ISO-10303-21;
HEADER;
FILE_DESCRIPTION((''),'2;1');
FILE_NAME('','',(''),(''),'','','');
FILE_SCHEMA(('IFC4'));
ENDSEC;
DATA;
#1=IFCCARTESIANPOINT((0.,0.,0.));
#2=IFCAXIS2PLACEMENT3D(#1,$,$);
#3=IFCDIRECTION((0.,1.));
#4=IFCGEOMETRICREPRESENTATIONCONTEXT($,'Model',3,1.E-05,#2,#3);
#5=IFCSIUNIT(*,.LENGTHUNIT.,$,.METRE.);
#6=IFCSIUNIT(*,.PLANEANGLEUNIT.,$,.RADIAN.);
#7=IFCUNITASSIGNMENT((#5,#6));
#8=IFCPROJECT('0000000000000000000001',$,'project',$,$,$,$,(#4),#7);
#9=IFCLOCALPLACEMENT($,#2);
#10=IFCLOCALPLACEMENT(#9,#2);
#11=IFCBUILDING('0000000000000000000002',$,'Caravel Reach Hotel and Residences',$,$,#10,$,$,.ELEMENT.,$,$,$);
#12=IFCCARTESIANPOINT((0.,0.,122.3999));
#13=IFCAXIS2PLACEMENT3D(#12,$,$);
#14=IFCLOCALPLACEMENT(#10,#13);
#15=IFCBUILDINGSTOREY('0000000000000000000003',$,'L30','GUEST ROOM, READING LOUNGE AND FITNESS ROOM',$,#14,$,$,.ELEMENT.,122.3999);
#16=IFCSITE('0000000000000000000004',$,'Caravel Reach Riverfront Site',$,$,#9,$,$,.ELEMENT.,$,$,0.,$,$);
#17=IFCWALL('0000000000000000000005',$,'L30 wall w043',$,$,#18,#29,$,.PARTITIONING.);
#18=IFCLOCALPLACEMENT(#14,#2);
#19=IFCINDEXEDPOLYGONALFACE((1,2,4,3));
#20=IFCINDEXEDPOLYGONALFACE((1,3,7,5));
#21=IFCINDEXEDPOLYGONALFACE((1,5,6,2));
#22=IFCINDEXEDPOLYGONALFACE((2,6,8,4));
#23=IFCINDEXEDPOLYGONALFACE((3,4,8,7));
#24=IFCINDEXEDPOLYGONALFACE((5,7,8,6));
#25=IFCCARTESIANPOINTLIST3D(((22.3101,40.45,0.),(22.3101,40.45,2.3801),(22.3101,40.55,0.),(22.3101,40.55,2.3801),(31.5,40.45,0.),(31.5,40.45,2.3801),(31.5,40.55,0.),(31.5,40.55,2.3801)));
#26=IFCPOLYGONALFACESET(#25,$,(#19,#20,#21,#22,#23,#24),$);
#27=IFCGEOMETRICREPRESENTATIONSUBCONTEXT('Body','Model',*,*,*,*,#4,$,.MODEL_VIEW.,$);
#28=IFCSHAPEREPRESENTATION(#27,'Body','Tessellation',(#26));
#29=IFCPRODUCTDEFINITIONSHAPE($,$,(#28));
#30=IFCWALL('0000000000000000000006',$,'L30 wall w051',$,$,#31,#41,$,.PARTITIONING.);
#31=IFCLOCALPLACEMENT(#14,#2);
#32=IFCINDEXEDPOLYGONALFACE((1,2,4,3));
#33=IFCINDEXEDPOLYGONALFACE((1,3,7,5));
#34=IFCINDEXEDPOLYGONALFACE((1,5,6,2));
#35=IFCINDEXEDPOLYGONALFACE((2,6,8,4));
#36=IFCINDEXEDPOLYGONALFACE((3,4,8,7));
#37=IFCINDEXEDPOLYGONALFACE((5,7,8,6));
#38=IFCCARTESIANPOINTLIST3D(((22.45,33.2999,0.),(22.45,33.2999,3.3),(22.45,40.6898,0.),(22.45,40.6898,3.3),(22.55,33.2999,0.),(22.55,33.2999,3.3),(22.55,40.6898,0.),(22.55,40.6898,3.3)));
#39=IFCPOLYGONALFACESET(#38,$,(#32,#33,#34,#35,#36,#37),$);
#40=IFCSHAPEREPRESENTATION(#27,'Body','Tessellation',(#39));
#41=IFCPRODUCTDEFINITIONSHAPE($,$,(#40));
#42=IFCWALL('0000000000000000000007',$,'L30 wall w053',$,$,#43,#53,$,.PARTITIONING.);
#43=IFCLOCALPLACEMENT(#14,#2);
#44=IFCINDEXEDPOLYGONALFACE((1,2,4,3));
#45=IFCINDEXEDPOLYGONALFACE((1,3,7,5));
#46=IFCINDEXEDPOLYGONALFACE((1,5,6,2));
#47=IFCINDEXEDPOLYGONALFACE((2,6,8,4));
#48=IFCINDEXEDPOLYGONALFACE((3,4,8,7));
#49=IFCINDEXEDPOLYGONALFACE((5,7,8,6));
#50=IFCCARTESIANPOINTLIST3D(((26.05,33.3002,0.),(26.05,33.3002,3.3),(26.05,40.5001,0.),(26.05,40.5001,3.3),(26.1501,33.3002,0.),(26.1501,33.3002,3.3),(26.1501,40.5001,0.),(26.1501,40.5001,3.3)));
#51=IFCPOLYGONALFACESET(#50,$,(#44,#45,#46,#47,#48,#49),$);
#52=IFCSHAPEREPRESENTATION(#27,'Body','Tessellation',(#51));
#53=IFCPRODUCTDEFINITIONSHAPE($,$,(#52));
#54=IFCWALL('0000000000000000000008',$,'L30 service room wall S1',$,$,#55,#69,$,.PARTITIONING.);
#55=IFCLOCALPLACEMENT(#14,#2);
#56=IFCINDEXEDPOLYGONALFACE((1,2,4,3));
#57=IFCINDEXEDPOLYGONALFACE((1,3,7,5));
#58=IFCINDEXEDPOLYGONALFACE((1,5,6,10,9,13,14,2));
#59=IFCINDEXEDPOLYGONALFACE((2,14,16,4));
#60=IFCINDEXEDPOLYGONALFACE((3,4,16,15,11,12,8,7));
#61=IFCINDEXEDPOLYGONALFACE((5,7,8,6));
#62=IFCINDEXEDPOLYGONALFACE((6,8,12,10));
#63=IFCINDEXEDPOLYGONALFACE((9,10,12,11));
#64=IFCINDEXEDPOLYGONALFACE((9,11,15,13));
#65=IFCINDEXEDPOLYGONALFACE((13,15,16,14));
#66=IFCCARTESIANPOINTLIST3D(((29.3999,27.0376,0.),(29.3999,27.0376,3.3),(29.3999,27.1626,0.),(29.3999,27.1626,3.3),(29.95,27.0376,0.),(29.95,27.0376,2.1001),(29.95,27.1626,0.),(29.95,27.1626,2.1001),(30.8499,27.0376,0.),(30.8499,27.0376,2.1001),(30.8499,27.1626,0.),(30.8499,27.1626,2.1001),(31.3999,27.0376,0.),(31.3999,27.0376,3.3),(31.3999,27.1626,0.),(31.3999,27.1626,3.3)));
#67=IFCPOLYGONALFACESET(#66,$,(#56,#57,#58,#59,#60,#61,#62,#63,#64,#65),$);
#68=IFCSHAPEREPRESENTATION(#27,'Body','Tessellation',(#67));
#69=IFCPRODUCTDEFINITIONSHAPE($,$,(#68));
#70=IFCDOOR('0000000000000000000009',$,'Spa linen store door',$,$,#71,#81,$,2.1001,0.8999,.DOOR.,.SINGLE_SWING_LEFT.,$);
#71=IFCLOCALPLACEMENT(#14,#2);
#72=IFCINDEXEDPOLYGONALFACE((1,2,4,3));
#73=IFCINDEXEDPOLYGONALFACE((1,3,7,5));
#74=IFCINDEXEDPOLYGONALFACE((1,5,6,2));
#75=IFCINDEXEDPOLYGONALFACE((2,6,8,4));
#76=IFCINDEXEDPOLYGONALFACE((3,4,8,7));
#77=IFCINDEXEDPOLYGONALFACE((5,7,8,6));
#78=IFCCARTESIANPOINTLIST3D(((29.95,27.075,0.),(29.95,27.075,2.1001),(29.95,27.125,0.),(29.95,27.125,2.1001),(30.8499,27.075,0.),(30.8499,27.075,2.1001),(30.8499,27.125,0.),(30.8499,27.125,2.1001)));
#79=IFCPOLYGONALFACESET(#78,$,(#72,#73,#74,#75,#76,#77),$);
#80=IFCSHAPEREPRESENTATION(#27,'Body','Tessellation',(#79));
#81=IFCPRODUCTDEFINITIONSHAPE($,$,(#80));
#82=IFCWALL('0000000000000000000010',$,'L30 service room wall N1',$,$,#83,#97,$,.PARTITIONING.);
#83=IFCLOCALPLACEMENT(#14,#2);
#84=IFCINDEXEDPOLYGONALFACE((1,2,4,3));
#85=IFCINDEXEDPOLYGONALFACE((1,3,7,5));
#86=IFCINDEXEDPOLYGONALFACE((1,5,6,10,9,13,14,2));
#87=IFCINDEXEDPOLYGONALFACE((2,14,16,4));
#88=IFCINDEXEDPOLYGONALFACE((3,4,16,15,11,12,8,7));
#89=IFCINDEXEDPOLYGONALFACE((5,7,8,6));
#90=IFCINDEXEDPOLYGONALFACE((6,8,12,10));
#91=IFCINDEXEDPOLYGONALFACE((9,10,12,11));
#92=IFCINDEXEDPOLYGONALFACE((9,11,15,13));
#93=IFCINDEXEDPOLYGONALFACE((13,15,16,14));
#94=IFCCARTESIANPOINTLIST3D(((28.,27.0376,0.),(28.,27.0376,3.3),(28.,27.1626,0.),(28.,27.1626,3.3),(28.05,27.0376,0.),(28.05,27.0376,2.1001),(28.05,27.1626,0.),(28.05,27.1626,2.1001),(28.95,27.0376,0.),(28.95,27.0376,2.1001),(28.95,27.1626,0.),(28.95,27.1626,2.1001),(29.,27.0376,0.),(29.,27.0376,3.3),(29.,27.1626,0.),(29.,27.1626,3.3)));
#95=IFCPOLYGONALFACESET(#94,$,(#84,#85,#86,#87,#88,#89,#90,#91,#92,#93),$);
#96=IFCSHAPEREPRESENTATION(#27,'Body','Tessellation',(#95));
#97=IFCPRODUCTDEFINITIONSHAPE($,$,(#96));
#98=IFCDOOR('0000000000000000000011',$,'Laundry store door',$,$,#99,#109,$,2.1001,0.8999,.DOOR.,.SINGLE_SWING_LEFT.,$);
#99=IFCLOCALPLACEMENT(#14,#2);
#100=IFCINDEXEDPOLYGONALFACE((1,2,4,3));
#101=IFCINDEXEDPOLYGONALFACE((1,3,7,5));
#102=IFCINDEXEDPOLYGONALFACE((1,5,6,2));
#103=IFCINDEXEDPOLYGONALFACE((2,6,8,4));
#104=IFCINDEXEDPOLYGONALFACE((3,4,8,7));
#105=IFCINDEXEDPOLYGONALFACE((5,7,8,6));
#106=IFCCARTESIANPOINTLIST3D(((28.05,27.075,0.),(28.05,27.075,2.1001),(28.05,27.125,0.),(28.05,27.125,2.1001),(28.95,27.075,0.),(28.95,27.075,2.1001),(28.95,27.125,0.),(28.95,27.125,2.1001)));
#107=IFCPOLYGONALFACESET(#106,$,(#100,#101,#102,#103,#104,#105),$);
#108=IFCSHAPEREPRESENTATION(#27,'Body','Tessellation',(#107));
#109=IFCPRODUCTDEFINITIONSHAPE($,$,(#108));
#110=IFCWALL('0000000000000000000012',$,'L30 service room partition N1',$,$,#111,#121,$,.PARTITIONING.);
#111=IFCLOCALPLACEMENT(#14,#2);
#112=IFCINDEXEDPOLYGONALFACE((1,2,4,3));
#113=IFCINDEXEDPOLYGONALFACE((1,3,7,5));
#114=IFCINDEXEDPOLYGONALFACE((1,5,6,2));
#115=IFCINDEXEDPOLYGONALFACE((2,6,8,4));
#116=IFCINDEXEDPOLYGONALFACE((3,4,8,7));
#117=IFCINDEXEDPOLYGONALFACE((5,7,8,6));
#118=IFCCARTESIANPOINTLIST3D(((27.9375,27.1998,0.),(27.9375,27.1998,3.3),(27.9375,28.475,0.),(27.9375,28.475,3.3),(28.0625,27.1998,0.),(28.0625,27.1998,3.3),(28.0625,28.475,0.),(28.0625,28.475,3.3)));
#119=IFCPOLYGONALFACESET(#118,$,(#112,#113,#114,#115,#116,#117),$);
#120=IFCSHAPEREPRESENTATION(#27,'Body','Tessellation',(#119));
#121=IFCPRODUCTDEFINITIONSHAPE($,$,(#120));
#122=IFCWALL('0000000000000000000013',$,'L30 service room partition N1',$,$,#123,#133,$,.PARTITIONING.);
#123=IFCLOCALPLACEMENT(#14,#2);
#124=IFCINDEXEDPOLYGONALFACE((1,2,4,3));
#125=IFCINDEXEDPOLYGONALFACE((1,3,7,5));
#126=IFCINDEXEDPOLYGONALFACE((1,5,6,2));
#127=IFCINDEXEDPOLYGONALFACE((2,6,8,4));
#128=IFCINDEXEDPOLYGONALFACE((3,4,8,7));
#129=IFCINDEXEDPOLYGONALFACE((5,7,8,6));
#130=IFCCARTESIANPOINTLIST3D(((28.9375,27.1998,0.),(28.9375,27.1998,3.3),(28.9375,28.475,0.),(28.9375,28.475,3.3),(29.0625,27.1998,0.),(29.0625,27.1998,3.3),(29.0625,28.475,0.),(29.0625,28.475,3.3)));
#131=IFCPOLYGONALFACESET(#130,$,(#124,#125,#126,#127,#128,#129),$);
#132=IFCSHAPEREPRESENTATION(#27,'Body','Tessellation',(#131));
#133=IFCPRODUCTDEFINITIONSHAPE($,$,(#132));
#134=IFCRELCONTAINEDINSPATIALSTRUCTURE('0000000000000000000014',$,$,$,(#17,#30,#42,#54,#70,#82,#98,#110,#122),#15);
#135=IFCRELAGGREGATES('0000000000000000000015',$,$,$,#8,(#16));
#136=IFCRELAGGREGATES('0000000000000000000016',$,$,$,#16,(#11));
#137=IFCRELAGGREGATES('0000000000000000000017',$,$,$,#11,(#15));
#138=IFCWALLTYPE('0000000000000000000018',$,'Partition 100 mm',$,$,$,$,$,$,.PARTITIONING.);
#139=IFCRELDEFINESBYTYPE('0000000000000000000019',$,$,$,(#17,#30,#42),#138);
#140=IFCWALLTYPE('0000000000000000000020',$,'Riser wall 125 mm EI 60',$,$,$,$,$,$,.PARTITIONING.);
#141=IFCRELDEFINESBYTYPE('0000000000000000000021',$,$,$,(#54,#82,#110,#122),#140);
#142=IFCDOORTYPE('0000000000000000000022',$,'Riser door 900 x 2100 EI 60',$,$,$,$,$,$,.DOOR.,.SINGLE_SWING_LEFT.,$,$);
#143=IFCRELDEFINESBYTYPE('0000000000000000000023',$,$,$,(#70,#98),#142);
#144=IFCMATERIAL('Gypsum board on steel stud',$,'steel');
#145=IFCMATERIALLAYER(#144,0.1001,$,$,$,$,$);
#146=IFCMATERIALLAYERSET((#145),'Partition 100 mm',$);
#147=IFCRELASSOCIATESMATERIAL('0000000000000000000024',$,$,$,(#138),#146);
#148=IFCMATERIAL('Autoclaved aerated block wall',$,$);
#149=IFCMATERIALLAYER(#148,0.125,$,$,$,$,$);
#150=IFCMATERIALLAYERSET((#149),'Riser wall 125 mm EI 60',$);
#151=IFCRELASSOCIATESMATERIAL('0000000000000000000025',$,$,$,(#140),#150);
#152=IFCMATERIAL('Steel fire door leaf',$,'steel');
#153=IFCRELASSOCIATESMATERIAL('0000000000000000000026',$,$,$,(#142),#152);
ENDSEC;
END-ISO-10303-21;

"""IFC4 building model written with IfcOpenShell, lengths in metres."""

from ifc_helpers import new_model, si_unit, direction, frame, frame_2d, origin, place, context, subcontext, project, spatial, rectangle, extrude, material, layer, layer_set, type_object, element, fill, save


model = new_model("IFC4")

# Units and contexts
model_context = context("Model", 3, precision=1e-05, world=origin(), true_north=direction((0.0, 1.0)))
body_context = subcontext(model_context, "Body", "Model", "MODEL_VIEW")
ifc_project = project(units=[si_unit("LENGTHUNIT", "METRE"), si_unit("PLANEANGLEUNIT", "RADIAN")], contexts=[model_context])

# Site, building, storey
site_placement = place(None, origin())
site = spatial("IfcSite", under=ifc_project, at=site_placement, Name="Caravel Reach Riverfront Site", CompositionType="ELEMENT", RefElevation=0.0)
building_placement = place(site_placement, origin())
building = spatial("IfcBuilding", under=site, at=building_placement, Name="Caravel Reach Hotel and Residences", CompositionType="ELEMENT")
storey_placement = place(building_placement, frame((0.0, 0.0, 122.3999)))
storey = spatial("IfcBuildingStorey", under=building, at=storey_placement, Name="L30", Description="GUEST ROOM, READING LOUNGE AND FITNESS ROOM", CompositionType="ELEMENT", Elevation=122.3999)

# Walls
ifc_material_1 = material(Name="Gypsum board on steel stud", Category="steel")
ifc_layer_1 = layer(ifc_material_1, 0.1001)
ifc_layer_set_1 = layer_set([ifc_layer_1], Name="Partition 100 mm")
wall_type_1 = type_object("IfcWallType", Name="Partition 100 mm", PredefinedType="PARTITIONING", material=ifc_layer_set_1)
wall_1_placement = place(storey_placement, frame((22.3101, 40.5, 0.0), z_axis=(0.0, 0.0, 1.0), x_axis=(1.0, 0.0, 0.0)))
element("IfcWall", 1, at=wall_1_placement, inside=storey, type_object=wall_type_1, Name="L30 wall w043", PredefinedType="PARTITIONING", context=body_context, shape_type="SweptSolid", body=[
    extrude(rectangle(XDim=9.1899, YDim=0.1001, at=frame_2d((4.595, 0.0))), origin(), (0.0, 0.0, 1.0), 2.3801),
])
wall_2_placement = place(storey_placement, frame((22.5, 33.3, 0.0), z_axis=(0.0, 0.0, 1.0), x_axis=(0.0, 1.0, 0.0)))
element("IfcWall", 2, at=wall_2_placement, inside=storey, type_object=wall_type_1, Name="L30 wall w051", PredefinedType="PARTITIONING", context=body_context, shape_type="SweptSolid", body=[
    extrude(rectangle(XDim=7.3899, YDim=0.1001, at=frame_2d((3.6948, 0.0))), origin(), (0.0, 0.0, 1.0), 3.3),
])
wall_3_placement = place(storey_placement, frame((26.1001, 33.3, 0.0), z_axis=(0.0, 0.0, 1.0), x_axis=(0.0, 1.0, 0.0)))
element("IfcWall", 3, at=wall_3_placement, inside=storey, type_object=wall_type_1, Name="L30 wall w053", PredefinedType="PARTITIONING", context=body_context, shape_type="SweptSolid", body=[
    extrude(rectangle(XDim=7.2, YDim=0.1001, at=frame_2d((3.6001, 0.0))), origin(), (0.0, 0.0, 1.0), 3.3),
])

# Walls, openings, doors
ifc_material_2 = material(Name="Autoclaved aerated block wall")
ifc_layer_2 = layer(ifc_material_2, 0.125)
ifc_layer_set_2 = layer_set([ifc_layer_2], Name="Riser wall 125 mm EI 60")
wall_type_2 = type_object("IfcWallType", Name="Riser wall 125 mm EI 60", PredefinedType="PARTITIONING", material=ifc_layer_set_2)
wall_4_placement = place(storey_placement, frame((29.3999, 27.1001, 0.0), z_axis=(0.0, 0.0, 1.0), x_axis=(1.0, 0.0, 0.0)))
wall_4 = element("IfcWall", 4, at=wall_4_placement, inside=storey, type_object=wall_type_2, Name="L30 service room wall S1", PredefinedType="PARTITIONING", context=body_context, shape_type="SweptSolid", body=[
    extrude(rectangle(XDim=2.0, YDim=0.125, at=frame_2d((1.0, 0.0))), origin(), (0.0, 0.0, 1.0), 3.3),
])
opening_1_placement = place(wall_4_placement, frame((0.55, 0.0, 0.0)))
opening_1 = element("IfcOpeningElement", 5, at=opening_1_placement, cuts=wall_4, PredefinedType="OPENING", context=body_context, shape_type="SweptSolid", body=[
    extrude(rectangle(XDim=0.8999, YDim=2.1001, at=frame_2d((0.45, 1.05))), frame((0.0, 0.0725, 0.0), z_axis=(0.0, -1.0, 0.0), x_axis=(1.0, 0.0, 0.0)), (0.0, 0.0, 1.0), 0.145),
])
ifc_material_3 = material(Name="Steel fire door leaf", Category="steel")
door_type_1 = type_object("IfcDoorType", Name="Riser door 900 x 2100 EI 60", OperationType="SINGLE_SWING_LEFT", PredefinedType="DOOR", material=ifc_material_3)
door_1_placement = place(opening_1_placement, origin())
door_1 = element("IfcDoor", 6, at=door_1_placement, inside=storey, type_object=door_type_1, Name="Spa linen store door", OperationType="SINGLE_SWING_LEFT", OverallHeight=2.1001, OverallWidth=0.8999, PredefinedType="DOOR", context=body_context, shape_type="SweptSolid", body=[
    extrude(rectangle(XDim=0.8999, YDim=2.1001, at=frame_2d((0.45, 1.05))), frame((0.0, 0.0249, 0.0), z_axis=(0.0, -1.0, 0.0), x_axis=(1.0, 0.0, 0.0)), (0.0, 0.0, 1.0), 0.05),
])
fill(opening_1, door_1)
wall_5_placement = place(storey_placement, frame((28.0, 27.1001, 0.0), z_axis=(0.0, 0.0, 1.0), x_axis=(1.0, 0.0, 0.0)))
wall_5 = element("IfcWall", 7, at=wall_5_placement, inside=storey, type_object=wall_type_2, Name="L30 service room wall N1", PredefinedType="PARTITIONING", context=body_context, shape_type="SweptSolid", body=[
    extrude(rectangle(XDim=1.0, YDim=0.125, at=frame_2d((0.5, 0.0))), origin(), (0.0, 0.0, 1.0), 3.3),
])
opening_2_placement = place(wall_5_placement, frame((0.05, 0.0, 0.0)))
opening_2 = element("IfcOpeningElement", 8, at=opening_2_placement, cuts=wall_5, PredefinedType="OPENING", context=body_context, shape_type="SweptSolid", body=[
    extrude(rectangle(XDim=0.8999, YDim=2.1001, at=frame_2d((0.45, 1.05))), frame((0.0, 0.0725, 0.0), z_axis=(0.0, -1.0, 0.0), x_axis=(1.0, 0.0, 0.0)), (0.0, 0.0, 1.0), 0.145),
])
door_2_placement = place(opening_2_placement, origin())
door_2 = element("IfcDoor", 9, at=door_2_placement, inside=storey, type_object=door_type_1, Name="Laundry store door", OperationType="SINGLE_SWING_LEFT", OverallHeight=2.1001, OverallWidth=0.8999, PredefinedType="DOOR", context=body_context, shape_type="SweptSolid", body=[
    extrude(rectangle(XDim=0.8999, YDim=2.1001, at=frame_2d((0.45, 1.05))), frame((0.0, 0.0249, 0.0), z_axis=(0.0, -1.0, 0.0), x_axis=(1.0, 0.0, 0.0)), (0.0, 0.0, 1.0), 0.05),
])
fill(opening_2, door_2)

# Walls
for number, where, z_axis, x_axis, name in (
    (10, (28.0, 28.4751, 0.0), (0.0, 0.0, 1.0), (0.0, -1.0, 0.0), "L30 service room partition N1"),
    (11, (29.0, 28.4751, 0.0), (0.0, 0.0, 1.0), (0.0, -1.0, 0.0), "L30 service room partition N1"),
):
    element("IfcWall", number, at=place(storey_placement, frame(where, z_axis=z_axis, x_axis=x_axis)), inside=storey, type_object=wall_type_2, Name=name, PredefinedType="PARTITIONING", context=body_context, shape_type="SweptSolid", body=[
        extrude(rectangle(XDim=1.2751, YDim=0.125, at=frame_2d((0.6377, 0.0))), origin(), (0.0, 0.0, 1.0), 3.3),
    ])

save(model, "model.ifc")
